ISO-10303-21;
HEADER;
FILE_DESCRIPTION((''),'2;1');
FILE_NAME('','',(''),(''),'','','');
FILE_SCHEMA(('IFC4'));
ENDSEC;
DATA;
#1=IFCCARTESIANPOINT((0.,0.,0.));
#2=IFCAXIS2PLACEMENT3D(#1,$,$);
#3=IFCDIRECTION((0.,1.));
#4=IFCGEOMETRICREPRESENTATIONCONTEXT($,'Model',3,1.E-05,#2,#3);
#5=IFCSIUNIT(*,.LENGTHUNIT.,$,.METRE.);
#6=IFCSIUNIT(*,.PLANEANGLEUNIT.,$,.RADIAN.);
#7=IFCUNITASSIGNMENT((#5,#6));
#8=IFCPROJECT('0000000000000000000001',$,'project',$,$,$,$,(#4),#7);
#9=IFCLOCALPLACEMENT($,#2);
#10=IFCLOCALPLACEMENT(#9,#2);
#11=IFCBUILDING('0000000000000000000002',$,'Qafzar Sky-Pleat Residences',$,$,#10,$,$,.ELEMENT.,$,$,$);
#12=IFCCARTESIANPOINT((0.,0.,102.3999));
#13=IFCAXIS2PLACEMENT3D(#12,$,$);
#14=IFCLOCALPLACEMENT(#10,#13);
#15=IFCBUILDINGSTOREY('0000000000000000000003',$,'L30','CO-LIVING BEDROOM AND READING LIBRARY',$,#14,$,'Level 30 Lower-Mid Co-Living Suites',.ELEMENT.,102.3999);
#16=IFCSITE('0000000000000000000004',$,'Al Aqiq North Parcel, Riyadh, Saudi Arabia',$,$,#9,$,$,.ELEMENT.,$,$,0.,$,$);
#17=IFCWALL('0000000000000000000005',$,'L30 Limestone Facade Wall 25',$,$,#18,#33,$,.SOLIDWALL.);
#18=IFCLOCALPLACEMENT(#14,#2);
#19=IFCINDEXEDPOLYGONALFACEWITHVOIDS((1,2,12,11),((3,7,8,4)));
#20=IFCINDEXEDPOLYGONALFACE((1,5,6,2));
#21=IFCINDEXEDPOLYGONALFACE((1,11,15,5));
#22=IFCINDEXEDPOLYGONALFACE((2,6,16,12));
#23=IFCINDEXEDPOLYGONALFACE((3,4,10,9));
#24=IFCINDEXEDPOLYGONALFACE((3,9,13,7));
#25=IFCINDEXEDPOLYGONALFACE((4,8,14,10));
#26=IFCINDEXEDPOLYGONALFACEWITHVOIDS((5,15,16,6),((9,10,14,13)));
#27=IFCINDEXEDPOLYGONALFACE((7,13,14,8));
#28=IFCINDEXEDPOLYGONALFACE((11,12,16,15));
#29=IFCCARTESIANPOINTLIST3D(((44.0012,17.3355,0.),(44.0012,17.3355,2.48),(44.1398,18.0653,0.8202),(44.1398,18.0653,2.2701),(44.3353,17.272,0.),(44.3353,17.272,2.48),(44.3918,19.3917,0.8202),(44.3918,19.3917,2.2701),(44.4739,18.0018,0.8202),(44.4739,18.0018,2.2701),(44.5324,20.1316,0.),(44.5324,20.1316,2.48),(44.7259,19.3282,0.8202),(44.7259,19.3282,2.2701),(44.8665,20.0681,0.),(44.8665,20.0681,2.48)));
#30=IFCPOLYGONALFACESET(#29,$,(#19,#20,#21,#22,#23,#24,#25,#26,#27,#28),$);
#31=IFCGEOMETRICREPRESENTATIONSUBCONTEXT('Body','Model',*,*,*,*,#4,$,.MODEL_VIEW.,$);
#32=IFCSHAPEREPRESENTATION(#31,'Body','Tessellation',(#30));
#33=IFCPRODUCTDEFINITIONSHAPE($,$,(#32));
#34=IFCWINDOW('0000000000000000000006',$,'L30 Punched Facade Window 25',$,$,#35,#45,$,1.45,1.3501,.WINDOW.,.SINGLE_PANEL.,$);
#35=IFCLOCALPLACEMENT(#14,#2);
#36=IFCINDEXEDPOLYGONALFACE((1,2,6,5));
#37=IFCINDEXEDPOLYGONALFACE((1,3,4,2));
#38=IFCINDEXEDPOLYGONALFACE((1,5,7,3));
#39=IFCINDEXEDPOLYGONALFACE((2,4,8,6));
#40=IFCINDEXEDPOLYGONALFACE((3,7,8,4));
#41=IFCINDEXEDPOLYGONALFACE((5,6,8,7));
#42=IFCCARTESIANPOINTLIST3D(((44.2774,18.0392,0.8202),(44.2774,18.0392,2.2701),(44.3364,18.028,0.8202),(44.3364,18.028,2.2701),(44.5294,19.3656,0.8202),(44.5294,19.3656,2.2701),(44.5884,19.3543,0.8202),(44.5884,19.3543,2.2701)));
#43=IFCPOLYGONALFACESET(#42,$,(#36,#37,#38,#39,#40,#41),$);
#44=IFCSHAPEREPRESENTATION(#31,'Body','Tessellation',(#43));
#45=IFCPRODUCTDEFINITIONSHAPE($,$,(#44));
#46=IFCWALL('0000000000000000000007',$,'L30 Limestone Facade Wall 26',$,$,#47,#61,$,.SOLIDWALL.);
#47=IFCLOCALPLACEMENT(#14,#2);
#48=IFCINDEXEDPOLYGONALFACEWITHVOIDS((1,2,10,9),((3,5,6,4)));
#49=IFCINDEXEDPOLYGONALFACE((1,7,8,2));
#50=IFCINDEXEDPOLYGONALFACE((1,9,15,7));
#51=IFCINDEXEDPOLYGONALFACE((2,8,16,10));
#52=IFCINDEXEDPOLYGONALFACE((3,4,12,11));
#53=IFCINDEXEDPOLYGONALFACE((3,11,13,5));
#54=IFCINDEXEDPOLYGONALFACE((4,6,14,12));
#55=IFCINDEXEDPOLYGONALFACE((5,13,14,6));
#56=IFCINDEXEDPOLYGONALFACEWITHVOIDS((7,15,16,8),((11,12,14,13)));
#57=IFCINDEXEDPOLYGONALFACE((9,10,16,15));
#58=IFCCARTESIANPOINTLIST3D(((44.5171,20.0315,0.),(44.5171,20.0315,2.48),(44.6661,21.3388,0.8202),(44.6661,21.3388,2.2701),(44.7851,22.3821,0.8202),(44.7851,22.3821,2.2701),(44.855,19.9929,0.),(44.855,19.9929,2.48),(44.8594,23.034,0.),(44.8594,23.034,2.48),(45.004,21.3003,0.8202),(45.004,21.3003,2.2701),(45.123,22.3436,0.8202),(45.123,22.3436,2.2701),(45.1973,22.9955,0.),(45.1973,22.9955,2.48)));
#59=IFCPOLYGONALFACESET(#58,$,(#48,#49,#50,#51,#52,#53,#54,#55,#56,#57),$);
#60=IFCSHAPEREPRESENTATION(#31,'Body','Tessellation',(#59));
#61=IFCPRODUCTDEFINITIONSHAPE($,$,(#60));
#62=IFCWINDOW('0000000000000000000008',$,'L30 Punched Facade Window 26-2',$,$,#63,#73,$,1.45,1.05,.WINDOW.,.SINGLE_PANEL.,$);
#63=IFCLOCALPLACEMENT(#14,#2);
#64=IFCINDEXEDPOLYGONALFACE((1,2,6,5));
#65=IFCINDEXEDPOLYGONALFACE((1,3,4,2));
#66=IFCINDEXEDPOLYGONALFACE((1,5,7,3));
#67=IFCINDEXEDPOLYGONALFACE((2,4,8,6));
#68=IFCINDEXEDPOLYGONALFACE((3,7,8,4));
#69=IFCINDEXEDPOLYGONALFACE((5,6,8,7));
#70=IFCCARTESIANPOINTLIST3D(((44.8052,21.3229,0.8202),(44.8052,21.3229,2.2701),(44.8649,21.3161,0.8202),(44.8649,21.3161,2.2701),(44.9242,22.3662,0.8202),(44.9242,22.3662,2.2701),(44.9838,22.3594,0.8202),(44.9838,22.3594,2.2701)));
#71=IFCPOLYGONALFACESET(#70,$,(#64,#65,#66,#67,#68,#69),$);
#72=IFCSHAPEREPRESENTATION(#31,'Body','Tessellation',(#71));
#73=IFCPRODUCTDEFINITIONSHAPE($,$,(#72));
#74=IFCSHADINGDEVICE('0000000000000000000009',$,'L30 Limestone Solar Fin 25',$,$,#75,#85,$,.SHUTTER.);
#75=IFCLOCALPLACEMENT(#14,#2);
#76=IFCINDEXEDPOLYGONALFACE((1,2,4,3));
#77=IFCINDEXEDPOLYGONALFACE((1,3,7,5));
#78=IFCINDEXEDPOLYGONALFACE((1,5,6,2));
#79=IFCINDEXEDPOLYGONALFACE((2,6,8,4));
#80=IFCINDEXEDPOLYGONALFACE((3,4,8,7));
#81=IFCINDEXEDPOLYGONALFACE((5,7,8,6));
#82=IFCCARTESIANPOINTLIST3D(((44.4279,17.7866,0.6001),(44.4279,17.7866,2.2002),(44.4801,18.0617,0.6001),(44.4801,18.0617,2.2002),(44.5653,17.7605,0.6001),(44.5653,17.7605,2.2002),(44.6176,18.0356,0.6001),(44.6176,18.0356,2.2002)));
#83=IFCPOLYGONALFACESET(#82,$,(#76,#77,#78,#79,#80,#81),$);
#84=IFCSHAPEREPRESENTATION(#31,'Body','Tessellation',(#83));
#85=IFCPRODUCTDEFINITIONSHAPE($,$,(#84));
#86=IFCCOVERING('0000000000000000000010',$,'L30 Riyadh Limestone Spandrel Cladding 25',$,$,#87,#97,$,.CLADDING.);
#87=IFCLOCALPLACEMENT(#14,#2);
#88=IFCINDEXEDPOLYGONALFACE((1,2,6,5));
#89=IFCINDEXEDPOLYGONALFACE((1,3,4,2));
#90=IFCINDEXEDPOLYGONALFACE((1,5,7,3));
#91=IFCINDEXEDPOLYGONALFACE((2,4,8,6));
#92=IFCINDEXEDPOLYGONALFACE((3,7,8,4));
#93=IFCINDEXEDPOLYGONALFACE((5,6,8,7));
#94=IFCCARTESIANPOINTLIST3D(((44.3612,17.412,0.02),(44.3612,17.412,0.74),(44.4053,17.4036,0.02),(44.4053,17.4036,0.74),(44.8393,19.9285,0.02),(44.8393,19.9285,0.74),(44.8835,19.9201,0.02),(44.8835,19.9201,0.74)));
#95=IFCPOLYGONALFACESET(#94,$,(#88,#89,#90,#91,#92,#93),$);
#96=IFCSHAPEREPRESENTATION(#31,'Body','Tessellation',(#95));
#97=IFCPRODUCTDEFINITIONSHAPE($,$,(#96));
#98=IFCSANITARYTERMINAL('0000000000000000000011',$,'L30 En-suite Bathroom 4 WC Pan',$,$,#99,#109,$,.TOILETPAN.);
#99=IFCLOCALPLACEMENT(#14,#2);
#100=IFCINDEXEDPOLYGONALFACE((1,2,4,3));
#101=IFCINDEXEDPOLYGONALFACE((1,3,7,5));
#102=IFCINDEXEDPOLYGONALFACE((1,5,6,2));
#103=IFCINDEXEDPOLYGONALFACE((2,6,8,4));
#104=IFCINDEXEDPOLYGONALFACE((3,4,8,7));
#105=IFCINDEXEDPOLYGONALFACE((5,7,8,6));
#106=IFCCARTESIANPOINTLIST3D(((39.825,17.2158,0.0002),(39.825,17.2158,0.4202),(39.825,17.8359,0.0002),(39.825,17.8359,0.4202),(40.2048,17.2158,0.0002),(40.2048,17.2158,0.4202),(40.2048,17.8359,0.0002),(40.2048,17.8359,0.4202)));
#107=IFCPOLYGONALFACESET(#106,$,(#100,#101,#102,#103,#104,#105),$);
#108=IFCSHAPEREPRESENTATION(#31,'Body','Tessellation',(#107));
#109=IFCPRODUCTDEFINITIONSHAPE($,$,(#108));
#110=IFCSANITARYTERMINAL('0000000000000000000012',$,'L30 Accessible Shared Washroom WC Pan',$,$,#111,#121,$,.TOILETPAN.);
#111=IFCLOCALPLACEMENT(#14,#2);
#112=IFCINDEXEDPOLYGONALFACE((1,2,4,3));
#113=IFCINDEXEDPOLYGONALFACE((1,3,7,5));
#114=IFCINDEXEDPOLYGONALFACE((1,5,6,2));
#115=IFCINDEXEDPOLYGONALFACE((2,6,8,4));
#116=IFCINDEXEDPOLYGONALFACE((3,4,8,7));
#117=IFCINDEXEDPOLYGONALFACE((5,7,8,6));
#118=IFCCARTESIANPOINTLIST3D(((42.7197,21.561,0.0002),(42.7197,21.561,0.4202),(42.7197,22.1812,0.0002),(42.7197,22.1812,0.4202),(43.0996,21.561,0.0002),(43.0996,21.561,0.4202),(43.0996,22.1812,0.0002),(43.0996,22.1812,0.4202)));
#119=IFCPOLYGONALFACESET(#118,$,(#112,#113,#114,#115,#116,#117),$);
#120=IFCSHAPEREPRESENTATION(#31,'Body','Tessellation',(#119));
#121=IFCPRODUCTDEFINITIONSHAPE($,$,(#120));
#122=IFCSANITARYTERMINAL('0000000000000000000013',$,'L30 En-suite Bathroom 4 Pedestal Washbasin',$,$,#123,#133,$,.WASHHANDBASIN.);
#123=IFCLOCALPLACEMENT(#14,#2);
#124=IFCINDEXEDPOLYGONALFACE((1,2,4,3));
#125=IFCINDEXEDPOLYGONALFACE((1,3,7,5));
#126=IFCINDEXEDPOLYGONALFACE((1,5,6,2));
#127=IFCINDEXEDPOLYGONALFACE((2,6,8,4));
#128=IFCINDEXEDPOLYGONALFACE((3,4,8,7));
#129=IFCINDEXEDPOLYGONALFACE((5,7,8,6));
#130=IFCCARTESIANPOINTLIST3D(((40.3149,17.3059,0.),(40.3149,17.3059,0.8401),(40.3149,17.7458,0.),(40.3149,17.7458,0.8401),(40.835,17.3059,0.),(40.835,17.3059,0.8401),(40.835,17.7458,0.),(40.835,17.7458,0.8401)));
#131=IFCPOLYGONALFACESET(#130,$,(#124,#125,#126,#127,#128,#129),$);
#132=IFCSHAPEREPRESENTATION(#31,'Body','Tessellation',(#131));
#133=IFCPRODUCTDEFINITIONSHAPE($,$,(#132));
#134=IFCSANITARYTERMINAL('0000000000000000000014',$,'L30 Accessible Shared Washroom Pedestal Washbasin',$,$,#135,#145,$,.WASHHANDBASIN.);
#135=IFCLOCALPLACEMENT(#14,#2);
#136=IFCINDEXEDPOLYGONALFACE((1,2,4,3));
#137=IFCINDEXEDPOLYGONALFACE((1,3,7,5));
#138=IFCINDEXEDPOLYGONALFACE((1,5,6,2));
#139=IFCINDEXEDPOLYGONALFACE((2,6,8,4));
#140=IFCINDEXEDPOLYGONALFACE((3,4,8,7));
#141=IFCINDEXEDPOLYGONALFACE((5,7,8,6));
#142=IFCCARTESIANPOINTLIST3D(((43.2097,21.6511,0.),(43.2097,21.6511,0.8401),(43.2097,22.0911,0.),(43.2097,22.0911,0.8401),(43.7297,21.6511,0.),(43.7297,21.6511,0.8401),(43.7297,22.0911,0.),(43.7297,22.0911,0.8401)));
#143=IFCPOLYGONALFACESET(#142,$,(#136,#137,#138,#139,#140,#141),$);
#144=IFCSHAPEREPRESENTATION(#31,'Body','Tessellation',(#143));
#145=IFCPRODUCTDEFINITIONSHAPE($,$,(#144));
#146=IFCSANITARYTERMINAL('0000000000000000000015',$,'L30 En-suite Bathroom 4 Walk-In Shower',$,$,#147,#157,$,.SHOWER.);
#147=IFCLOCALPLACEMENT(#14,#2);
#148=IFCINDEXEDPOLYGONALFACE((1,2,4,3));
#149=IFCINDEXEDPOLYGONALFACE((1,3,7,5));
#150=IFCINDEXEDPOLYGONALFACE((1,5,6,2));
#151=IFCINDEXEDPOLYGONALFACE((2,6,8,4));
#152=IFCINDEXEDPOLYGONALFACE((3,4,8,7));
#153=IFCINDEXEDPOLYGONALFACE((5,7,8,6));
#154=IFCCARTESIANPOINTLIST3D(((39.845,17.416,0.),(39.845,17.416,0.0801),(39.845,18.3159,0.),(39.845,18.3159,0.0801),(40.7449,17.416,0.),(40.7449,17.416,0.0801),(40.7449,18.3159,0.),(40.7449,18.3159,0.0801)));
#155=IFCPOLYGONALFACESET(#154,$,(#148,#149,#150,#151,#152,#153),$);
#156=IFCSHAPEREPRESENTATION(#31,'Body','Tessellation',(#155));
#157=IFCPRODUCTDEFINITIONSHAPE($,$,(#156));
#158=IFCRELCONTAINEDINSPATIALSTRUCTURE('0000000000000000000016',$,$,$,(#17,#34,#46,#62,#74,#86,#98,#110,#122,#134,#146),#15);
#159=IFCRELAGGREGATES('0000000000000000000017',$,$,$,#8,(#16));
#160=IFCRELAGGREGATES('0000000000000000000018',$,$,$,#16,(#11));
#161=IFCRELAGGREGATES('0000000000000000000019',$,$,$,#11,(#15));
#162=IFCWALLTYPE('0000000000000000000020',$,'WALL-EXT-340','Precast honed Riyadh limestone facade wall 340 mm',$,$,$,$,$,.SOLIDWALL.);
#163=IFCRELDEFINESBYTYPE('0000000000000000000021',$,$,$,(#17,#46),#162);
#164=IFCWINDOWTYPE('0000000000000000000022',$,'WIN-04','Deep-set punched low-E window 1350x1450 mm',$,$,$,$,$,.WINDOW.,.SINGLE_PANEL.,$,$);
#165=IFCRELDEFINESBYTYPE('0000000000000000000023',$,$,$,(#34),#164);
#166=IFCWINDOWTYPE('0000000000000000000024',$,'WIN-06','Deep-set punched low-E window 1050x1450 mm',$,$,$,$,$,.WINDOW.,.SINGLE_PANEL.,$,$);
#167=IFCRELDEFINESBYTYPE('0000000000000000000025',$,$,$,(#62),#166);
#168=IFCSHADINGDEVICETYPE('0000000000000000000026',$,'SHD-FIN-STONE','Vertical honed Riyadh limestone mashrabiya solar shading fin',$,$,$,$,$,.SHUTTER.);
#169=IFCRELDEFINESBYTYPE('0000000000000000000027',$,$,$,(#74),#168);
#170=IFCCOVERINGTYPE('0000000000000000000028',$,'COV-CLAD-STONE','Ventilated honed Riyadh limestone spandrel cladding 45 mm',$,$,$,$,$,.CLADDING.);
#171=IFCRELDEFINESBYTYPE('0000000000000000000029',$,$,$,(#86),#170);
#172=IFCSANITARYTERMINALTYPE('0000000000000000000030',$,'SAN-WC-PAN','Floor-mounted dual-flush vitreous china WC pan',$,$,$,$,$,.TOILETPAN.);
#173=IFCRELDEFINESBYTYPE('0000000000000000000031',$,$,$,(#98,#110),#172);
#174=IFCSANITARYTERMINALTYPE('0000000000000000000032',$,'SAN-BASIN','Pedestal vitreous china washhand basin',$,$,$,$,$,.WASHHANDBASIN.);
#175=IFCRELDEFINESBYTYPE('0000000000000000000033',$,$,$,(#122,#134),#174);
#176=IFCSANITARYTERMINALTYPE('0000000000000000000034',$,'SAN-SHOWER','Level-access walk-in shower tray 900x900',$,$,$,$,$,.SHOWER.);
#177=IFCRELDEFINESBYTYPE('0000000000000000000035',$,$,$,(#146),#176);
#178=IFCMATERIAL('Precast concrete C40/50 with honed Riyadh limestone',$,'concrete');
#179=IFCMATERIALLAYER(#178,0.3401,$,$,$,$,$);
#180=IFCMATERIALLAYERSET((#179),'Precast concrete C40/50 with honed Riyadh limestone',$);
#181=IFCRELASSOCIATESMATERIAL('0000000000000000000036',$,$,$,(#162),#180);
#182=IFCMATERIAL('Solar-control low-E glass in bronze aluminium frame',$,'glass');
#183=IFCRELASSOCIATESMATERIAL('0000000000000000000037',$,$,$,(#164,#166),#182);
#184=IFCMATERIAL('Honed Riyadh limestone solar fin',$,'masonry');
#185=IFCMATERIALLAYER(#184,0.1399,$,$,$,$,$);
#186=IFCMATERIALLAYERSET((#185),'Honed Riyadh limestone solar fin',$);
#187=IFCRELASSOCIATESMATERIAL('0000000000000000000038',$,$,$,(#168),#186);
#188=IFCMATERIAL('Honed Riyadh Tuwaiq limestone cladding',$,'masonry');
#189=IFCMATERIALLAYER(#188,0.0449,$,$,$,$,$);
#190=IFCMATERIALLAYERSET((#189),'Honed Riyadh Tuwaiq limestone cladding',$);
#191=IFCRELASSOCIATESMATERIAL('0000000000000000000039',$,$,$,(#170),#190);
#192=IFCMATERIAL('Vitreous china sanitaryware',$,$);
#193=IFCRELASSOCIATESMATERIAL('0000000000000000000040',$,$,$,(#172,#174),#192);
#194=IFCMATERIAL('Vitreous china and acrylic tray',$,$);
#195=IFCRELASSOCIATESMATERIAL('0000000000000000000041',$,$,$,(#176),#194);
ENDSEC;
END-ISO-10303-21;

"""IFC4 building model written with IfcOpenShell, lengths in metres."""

from ifc_helpers import new_model, si_unit, direction, frame, frame_2d, origin, origin_2d, place, context, subcontext, project, spatial, rectangle, extrude, source, transform, mapped, material, layer, layer_set, type_object, element, fill, save


model = new_model("IFC4")

# Units and contexts
model_context = context("Model", 3, precision=1e-05, world=origin(), true_north=direction((0.0, 1.0)))
body_context = subcontext(model_context, "Body", "Model", "MODEL_VIEW")
ifc_project = project(units=[si_unit("LENGTHUNIT", "METRE"), si_unit("PLANEANGLEUNIT", "RADIAN")], contexts=[model_context])

# Site, building, storey
site_placement = place(None, origin())
site = spatial("IfcSite", under=ifc_project, at=site_placement, Name="Al Aqiq North Parcel, Riyadh, Saudi Arabia", CompositionType="ELEMENT", RefElevation=0.0)
building_placement = place(site_placement, origin())
building = spatial("IfcBuilding", under=site, at=building_placement, Name="Qafzar Sky-Pleat Residences", CompositionType="ELEMENT")
storey_placement = place(building_placement, frame((0.0, 0.0, 102.3999)))
storey = spatial("IfcBuildingStorey", under=building, at=storey_placement, Name="L30", Description="CO-LIVING BEDROOM AND READING LIBRARY", LongName="Level 30 Lower-Mid Co-Living Suites", CompositionType="ELEMENT", Elevation=102.3999)

# Walls, openings, windows
ifc_material_1 = material(Name="Precast concrete C40/50 with honed Riyadh limestone", Category="concrete")
ifc_layer_1 = layer(ifc_material_1, 0.3401)
ifc_layer_set_1 = layer_set([ifc_layer_1], Name="Precast concrete C40/50 with honed Riyadh limestone")
wall_type_1 = type_object("IfcWallType", Name="WALL-EXT-340", Description="Precast honed Riyadh limestone facade wall 340 mm", PredefinedType="SOLIDWALL", material=ifc_layer_set_1)
wall_1_placement = place(storey_placement, frame((44.1682, 17.3037, 0.0), z_axis=(0.0, 0.0, 1.0), x_axis=(0.186655, 0.982426, 0.0)))
wall_1 = element("IfcWall", 1, at=wall_1_placement, inside=storey, type_object=wall_type_1, Name="L30 Limestone Facade Wall 25", PredefinedType="SOLIDWALL", context=body_context, shape_type="SweptSolid", body=[
    extrude(rectangle(XDim=2.8462, YDim=0.3401, at=frame_2d((1.4231, 0.0))), origin(), (0.0, 0.0, 1.0), 2.48),
])
opening_1_placement = place(wall_1_placement, frame((0.7429, 0.0, 0.8201)))
opening_1 = element("IfcOpeningElement", 2, at=opening_1_placement, cuts=wall_1, PredefinedType="OPENING", context=body_context, shape_type="SweptSolid", body=[
    extrude(rectangle(XDim=1.3501, YDim=1.45, at=frame_2d((0.675, 0.7251))), frame((0.0, 0.1802, 0.0), z_axis=(0.0, -1.0, 0.0), x_axis=(1.0, 0.0, 0.0)), (0.0, 0.0, 1.0), 0.3601),
])
ifc_material_2 = material(Name="Solar-control low-E glass in bronze aluminium frame", Category="glass")
window_type_1 = type_object("IfcWindowType", Name="WIN-04", Description="Deep-set punched low-E window 1350x1450 mm", PartitioningType="SINGLE_PANEL", PredefinedType="WINDOW", material=ifc_material_2)
shared_shape_1 = source(origin(), body_context, "Body", "SweptSolid", [
    extrude(rectangle(XDim=1.3501, YDim=1.45, at=frame_2d((0.675, 0.7251))), frame((0.0, 0.03, 0.0), z_axis=(0.0, -1.0, 0.0), x_axis=(1.0, 0.0, 0.0)), (0.0, 0.0, 1.0), 0.0601),
])
window_1_placement = place(opening_1_placement, origin())
window_1 = element("IfcWindow", 3, at=window_1_placement, inside=storey, type_object=window_type_1, Name="L30 Punched Facade Window 25", OverallHeight=1.45, OverallWidth=1.3501, PartitioningType="SINGLE_PANEL", PredefinedType="WINDOW", context=body_context, shape_type="MappedRepresentation", body=[
    mapped(shared_shape_1, transform((0.0, 0.0, 0.0), x_axis=(1.0, 0.0, 0.0), y_axis=(0.0, 1.0, 0.0), z_axis=(0.0, 0.0, 1.0), scale=1.0)),
])
fill(opening_1, window_1)
wall_2_placement = place(storey_placement, frame((44.686, 20.0122, 0.0), z_axis=(0.0, 0.0, 1.0), x_axis=(0.113269, 0.993564, 0.0)))
wall_2 = element("IfcWall", 4, at=wall_2_placement, inside=storey, type_object=wall_type_1, Name="L30 Limestone Facade Wall 26", PredefinedType="SOLIDWALL", context=body_context, shape_type="SweptSolid", body=[
    extrude(rectangle(XDim=3.022, YDim=0.3401, at=frame_2d((1.511, 0.0))), origin(), (0.0, 0.0, 1.0), 2.48),
])
opening_2_placement = place(wall_2_placement, frame((1.3159, 0.0, 0.8201)))
opening_2 = element("IfcOpeningElement", 5, at=opening_2_placement, cuts=wall_2, PredefinedType="OPENING", context=body_context, shape_type="SweptSolid", body=[
    extrude(rectangle(XDim=1.05, YDim=1.45, at=frame_2d((0.5249, 0.7251))), frame((0.0, 0.1802, 0.0), z_axis=(0.0, -1.0, 0.0), x_axis=(1.0, 0.0, 0.0)), (0.0, 0.0, 1.0), 0.3601),
])
window_type_2 = type_object("IfcWindowType", Name="WIN-06", Description="Deep-set punched low-E window 1050x1450 mm", PartitioningType="SINGLE_PANEL", PredefinedType="WINDOW", material=ifc_material_2)
shared_shape_2 = source(origin(), body_context, "Body", "SweptSolid", [
    extrude(rectangle(XDim=1.05, YDim=1.45, at=frame_2d((0.5249, 0.7251))), frame((0.0, 0.03, 0.0), z_axis=(0.0, -1.0, 0.0), x_axis=(1.0, 0.0, 0.0)), (0.0, 0.0, 1.0), 0.0601),
])
window_2_placement = place(opening_2_placement, origin())
window_2 = element("IfcWindow", 6, at=window_2_placement, inside=storey, type_object=window_type_2, Name="L30 Punched Facade Window 26-2", OverallHeight=1.45, OverallWidth=1.05, PartitioningType="SINGLE_PANEL", PredefinedType="WINDOW", context=body_context, shape_type="MappedRepresentation", body=[
    mapped(shared_shape_2, transform((0.0, 0.0, 0.0), x_axis=(1.0, 0.0, 0.0), y_axis=(0.0, 1.0, 0.0), z_axis=(0.0, 0.0, 1.0), scale=1.0)),
])
fill(opening_2, window_2)

# Shading device
ifc_material_3 = material(Name="Honed Riyadh limestone solar fin", Category="masonry")
ifc_layer_2 = layer(ifc_material_3, 0.1399)
ifc_layer_set_2 = layer_set([ifc_layer_2], Name="Honed Riyadh limestone solar fin")
shading_device_type = type_object("IfcShadingDeviceType", Name="SHD-FIN-STONE", Description="Vertical honed Riyadh limestone mashrabiya solar shading fin", PredefinedType="SHUTTER", material=ifc_layer_set_2)
shared_shape_3 = source(origin(), body_context, "Body", "SweptSolid", [
    extrude(rectangle(XDim=0.1399, YDim=0.28, at=origin_2d()), origin(), (0.0, 0.0, 1.0), 1.6001),
])
shading_device_placement = place(storey_placement, frame((44.5227, 17.9111, 0.6001), z_axis=(0.0, 0.0, 1.0), x_axis=(0.982424, -0.186663, 0.0)))
element("IfcShadingDevice", 7, at=shading_device_placement, inside=storey, type_object=shading_device_type, Name="L30 Limestone Solar Fin 25", PredefinedType="SHUTTER", context=body_context, shape_type="MappedRepresentation", body=[
    mapped(shared_shape_3, transform((0.0, 0.0, 0.0), x_axis=(1.0, 0.0, 0.0), y_axis=(0.0, 1.0, 0.0), z_axis=(0.0, 0.0, 1.0), scale=1.0)),
])

# Covering
ifc_material_4 = material(Name="Honed Riyadh Tuwaiq limestone cladding", Category="masonry")
ifc_layer_3 = layer(ifc_material_4, 0.0449)
ifc_layer_set_3 = layer_set([ifc_layer_3], Name="Honed Riyadh Tuwaiq limestone cladding")
covering_type = type_object("IfcCoveringType", Name="COV-CLAD-STONE", Description="Ventilated honed Riyadh limestone spandrel cladding 45 mm", PredefinedType="CLADDING", material=ifc_layer_set_3)
shared_shape_4 = source(origin(), body_context, "Body", "SweptSolid", [
    extrude(rectangle(XDim=2.5615, YDim=0.0449, at=origin_2d()), origin(), (0.0, 0.0, 1.0), 0.72),
])
covering_placement = place(storey_placement, frame((44.6223, 18.666, 0.02), z_axis=(0.0, 0.0, 1.0), x_axis=(0.186675, 0.982422, 0.0)))
element("IfcCovering", 8, at=covering_placement, inside=storey, type_object=covering_type, Name="L30 Riyadh Limestone Spandrel Cladding 25", PredefinedType="CLADDING", context=body_context, shape_type="MappedRepresentation", body=[
    mapped(shared_shape_4, transform((0.0, 0.0, 0.0), x_axis=(1.0, 0.0, 0.0), y_axis=(0.0, 1.0, 0.0), z_axis=(0.0, 0.0, 1.0), scale=1.0)),
])

# Sanitary terminals
ifc_material_5 = material(Name="Vitreous china sanitaryware")
sanitary_terminal_type_1 = type_object("IfcSanitaryTerminalType", Name="SAN-WC-PAN", Description="Floor-mounted dual-flush vitreous china WC pan", PredefinedType="TOILETPAN", material=ifc_material_5)
shared_shape_5 = source(origin(), body_context, "Body", "SweptSolid", [
    extrude(rectangle(XDim=0.3799, YDim=0.6201, at=origin_2d()), origin(), (0.0, 0.0, 1.0), 0.4199),
])
for number, where, z_axis, x_axis, name in (
    (9, (40.0149, 17.5259, 0.0002), (0.0, 0.0, 1.0), (1.0, 0.0, 0.0), "L30 En-suite Bathroom 4 WC Pan"),
    (10, (42.9097, 21.8711, 0.0002), (0.0, 0.0, 1.0), (1.0, 0.0, 0.0), "L30 Accessible Shared Washroom WC Pan"),
):
    element("IfcSanitaryTerminal", number, at=place(storey_placement, frame(where, z_axis=z_axis, x_axis=x_axis)), inside=storey, type_object=sanitary_terminal_type_1, Name=name, PredefinedType="TOILETPAN", context=body_context, shape_type="MappedRepresentation", body=[
        mapped(shared_shape_5, transform((0.0, 0.0, 0.0), x_axis=(1.0, 0.0, 0.0), y_axis=(0.0, 1.0, 0.0), z_axis=(0.0, 0.0, 1.0), scale=1.0)),
    ])
sanitary_terminal_type_2 = type_object("IfcSanitaryTerminalType", Name="SAN-BASIN", Description="Pedestal vitreous china washhand basin", PredefinedType="WASHHANDBASIN", material=ifc_material_5)
shared_shape_6 = source(origin(), body_context, "Body", "SweptSolid", [
    extrude(rectangle(XDim=0.52, YDim=0.4399, at=origin_2d()), origin(), (0.0, 0.0, 1.0), 0.8401),
])
for number, where, z_axis, x_axis, name in (
    (11, (40.575, 17.5259, 0.0), (0.0, 0.0, 1.0), (1.0, 0.0, 0.0), "L30 En-suite Bathroom 4 Pedestal Washbasin"),
    (12, (43.4697, 21.8711, 0.0), (0.0, 0.0, 1.0), (1.0, 0.0, 0.0), "L30 Accessible Shared Washroom Pedestal Washbasin"),
):
    element("IfcSanitaryTerminal", number, at=place(storey_placement, frame(where, z_axis=z_axis, x_axis=x_axis)), inside=storey, type_object=sanitary_terminal_type_2, Name=name, PredefinedType="WASHHANDBASIN", context=body_context, shape_type="MappedRepresentation", body=[
        mapped(shared_shape_6, transform((0.0, 0.0, 0.0), x_axis=(1.0, 0.0, 0.0), y_axis=(0.0, 1.0, 0.0), z_axis=(0.0, 0.0, 1.0), scale=1.0)),
    ])
ifc_material_6 = material(Name="Vitreous china and acrylic tray")
sanitary_terminal_type_3 = type_object("IfcSanitaryTerminalType", Name="SAN-SHOWER", Description="Level-access walk-in shower tray 900x900", PredefinedType="SHOWER", material=ifc_material_6)
shared_shape_7 = source(origin(), body_context, "Body", "SweptSolid", [
    extrude(rectangle(XDim=0.8999, YDim=0.8999, at=origin_2d()), origin(), (0.0, 0.0, 1.0), 0.0801),
])
sanitary_terminal_placement = place(storey_placement, frame((40.2949, 17.866, 0.0), z_axis=(0.0, 0.0, 1.0), x_axis=(1.0, 0.0, 0.0)))
element("IfcSanitaryTerminal", 13, at=sanitary_terminal_placement, inside=storey, type_object=sanitary_terminal_type_3, Name="L30 En-suite Bathroom 4 Walk-In Shower", PredefinedType="SHOWER", context=body_context, shape_type="MappedRepresentation", body=[
    mapped(shared_shape_7, transform((0.0, 0.0, 0.0), x_axis=(1.0, 0.0, 0.0), y_axis=(0.0, 1.0, 0.0), z_axis=(0.0, 0.0, 1.0), scale=1.0)),
])

save(model, "model.ifc")
